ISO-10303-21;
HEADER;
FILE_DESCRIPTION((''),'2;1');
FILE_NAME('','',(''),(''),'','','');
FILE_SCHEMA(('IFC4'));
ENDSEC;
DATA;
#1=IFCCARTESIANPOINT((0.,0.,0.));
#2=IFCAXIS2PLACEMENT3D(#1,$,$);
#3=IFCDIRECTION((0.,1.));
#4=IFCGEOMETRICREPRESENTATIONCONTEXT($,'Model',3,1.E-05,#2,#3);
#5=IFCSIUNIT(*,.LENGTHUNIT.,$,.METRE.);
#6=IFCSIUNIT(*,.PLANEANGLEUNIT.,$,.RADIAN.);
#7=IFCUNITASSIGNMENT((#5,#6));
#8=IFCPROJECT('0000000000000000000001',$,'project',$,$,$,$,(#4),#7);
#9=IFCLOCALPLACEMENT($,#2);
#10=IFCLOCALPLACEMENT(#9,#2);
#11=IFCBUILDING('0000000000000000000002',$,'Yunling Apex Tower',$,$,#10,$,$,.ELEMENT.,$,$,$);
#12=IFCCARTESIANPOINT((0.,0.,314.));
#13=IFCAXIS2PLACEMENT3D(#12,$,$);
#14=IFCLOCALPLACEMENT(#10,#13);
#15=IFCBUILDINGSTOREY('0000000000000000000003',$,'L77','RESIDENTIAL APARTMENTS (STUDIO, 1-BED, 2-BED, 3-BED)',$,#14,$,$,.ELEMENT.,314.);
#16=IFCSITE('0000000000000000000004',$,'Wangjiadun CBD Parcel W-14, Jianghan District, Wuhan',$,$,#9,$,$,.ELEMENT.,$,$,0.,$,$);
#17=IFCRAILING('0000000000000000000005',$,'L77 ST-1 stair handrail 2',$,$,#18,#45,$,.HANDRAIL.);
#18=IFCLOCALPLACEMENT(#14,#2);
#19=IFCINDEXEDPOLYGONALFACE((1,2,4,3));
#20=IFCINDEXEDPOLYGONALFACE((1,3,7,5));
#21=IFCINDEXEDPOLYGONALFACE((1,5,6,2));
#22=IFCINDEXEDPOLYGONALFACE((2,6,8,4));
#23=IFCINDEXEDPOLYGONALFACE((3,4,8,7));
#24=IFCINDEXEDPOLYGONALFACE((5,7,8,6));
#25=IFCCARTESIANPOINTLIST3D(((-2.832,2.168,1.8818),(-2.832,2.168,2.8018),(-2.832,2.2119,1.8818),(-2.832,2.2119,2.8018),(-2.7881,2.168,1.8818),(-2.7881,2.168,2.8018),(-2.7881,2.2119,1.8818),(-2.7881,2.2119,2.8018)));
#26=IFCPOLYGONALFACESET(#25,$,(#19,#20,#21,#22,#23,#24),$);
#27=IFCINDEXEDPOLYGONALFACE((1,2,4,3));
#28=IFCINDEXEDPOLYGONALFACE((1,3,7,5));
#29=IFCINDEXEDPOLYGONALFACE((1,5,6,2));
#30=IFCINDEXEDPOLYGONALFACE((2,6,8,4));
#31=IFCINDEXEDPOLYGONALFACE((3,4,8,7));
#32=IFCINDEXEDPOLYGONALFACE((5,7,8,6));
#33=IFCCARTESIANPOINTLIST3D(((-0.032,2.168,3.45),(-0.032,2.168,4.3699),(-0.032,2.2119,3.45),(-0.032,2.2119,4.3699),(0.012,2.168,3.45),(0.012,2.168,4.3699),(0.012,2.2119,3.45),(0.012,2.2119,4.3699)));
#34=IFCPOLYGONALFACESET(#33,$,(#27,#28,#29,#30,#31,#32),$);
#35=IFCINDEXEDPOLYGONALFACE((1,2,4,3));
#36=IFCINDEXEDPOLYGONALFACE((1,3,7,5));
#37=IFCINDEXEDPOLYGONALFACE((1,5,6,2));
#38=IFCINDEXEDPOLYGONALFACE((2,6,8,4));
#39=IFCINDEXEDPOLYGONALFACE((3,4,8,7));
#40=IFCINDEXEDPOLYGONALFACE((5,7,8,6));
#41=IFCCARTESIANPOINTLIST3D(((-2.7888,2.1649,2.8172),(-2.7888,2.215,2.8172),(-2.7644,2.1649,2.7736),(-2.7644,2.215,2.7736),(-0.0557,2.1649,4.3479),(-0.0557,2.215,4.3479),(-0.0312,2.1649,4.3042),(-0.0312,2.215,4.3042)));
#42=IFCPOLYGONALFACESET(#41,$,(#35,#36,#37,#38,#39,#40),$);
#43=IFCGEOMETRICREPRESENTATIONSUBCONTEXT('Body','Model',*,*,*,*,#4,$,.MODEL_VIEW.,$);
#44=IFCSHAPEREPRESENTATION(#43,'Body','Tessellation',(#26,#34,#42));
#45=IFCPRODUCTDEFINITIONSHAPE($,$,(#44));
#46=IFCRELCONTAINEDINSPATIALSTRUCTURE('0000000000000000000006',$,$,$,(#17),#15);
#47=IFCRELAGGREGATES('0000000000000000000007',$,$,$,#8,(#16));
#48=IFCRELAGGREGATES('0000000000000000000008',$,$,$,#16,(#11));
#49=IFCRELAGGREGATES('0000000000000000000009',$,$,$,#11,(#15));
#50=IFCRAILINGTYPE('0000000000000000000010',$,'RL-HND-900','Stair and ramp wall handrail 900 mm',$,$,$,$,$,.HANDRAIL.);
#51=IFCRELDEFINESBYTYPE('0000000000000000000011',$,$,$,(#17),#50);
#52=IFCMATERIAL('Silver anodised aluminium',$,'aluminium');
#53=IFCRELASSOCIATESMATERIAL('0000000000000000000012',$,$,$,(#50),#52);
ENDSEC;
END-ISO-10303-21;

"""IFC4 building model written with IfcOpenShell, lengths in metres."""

from ifc_helpers import new_model, si_unit, direction, frame, origin, origin_2d, place, context, subcontext, project, spatial, rectangle, extrude, material, type_object, element, save


model = new_model("IFC4")

# Units and contexts
model_context = context("Model", 3, precision=1e-05, world=origin(), true_north=direction((0.0, 1.0)))
body_context = subcontext(model_context, "Body", "Model", "MODEL_VIEW")
ifc_project = project(units=[si_unit("LENGTHUNIT", "METRE"), si_unit("PLANEANGLEUNIT", "RADIAN")], contexts=[model_context])

# Site, building, storey
site_placement = place(None, origin())
site = spatial("IfcSite", under=ifc_project, at=site_placement, Name="Wangjiadun CBD Parcel W-14, Jianghan District, Wuhan", CompositionType="ELEMENT", RefElevation=0.0)
building_placement = place(site_placement, origin())
building = spatial("IfcBuilding", under=site, at=building_placement, Name="Yunling Apex Tower", CompositionType="ELEMENT")
storey_placement = place(building_placement, frame((0.0, 0.0, 314.0)))
storey = spatial("IfcBuildingStorey", under=building, at=storey_placement, Name="L77", Description="RESIDENTIAL APARTMENTS (STUDIO, 1-BED, 2-BED, 3-BED)", CompositionType="ELEMENT", Elevation=314.0)

# Shared definitions
ifc_material_1 = material(Name="Silver anodised aluminium", Category="aluminium")

# Railing
railing_type_1 = type_object("IfcRailingType", Name="RL-HND-900", Description="Stair and ramp wall handrail 900 mm", PredefinedType="HANDRAIL", material=ifc_material_1)
railing_1_placement = place(storey_placement, frame((-2.8101, 2.1899, 1.8818)))
element("IfcRailing", 1, at=railing_1_placement, inside=storey, type_object=railing_type_1, Name="L77 ST-1 stair handrail 2", PredefinedType="HANDRAIL", context=body_context, shape_type="SweptSolid", body=[
    extrude(rectangle(XDim=0.0439, YDim=0.0439, at=origin_2d()), origin(), (0.0, 0.0, 1.0), 0.9199),
    extrude(rectangle(XDim=0.0439, YDim=0.0439, at=origin_2d()), frame((2.8, 0.0, 1.5681)), (0.0, 0.0, 1.0), 0.9199),
    extrude(rectangle(XDim=0.05, YDim=0.05, at=origin_2d()), frame((0.0334, 0.0, 0.9136), z_axis=(0.872494, 0.0, 0.488624), x_axis=(0.0, 1.0, 0.0)), (0.0, 0.0, 1.0), 3.1326),
])

save(model, "model.ifc")
